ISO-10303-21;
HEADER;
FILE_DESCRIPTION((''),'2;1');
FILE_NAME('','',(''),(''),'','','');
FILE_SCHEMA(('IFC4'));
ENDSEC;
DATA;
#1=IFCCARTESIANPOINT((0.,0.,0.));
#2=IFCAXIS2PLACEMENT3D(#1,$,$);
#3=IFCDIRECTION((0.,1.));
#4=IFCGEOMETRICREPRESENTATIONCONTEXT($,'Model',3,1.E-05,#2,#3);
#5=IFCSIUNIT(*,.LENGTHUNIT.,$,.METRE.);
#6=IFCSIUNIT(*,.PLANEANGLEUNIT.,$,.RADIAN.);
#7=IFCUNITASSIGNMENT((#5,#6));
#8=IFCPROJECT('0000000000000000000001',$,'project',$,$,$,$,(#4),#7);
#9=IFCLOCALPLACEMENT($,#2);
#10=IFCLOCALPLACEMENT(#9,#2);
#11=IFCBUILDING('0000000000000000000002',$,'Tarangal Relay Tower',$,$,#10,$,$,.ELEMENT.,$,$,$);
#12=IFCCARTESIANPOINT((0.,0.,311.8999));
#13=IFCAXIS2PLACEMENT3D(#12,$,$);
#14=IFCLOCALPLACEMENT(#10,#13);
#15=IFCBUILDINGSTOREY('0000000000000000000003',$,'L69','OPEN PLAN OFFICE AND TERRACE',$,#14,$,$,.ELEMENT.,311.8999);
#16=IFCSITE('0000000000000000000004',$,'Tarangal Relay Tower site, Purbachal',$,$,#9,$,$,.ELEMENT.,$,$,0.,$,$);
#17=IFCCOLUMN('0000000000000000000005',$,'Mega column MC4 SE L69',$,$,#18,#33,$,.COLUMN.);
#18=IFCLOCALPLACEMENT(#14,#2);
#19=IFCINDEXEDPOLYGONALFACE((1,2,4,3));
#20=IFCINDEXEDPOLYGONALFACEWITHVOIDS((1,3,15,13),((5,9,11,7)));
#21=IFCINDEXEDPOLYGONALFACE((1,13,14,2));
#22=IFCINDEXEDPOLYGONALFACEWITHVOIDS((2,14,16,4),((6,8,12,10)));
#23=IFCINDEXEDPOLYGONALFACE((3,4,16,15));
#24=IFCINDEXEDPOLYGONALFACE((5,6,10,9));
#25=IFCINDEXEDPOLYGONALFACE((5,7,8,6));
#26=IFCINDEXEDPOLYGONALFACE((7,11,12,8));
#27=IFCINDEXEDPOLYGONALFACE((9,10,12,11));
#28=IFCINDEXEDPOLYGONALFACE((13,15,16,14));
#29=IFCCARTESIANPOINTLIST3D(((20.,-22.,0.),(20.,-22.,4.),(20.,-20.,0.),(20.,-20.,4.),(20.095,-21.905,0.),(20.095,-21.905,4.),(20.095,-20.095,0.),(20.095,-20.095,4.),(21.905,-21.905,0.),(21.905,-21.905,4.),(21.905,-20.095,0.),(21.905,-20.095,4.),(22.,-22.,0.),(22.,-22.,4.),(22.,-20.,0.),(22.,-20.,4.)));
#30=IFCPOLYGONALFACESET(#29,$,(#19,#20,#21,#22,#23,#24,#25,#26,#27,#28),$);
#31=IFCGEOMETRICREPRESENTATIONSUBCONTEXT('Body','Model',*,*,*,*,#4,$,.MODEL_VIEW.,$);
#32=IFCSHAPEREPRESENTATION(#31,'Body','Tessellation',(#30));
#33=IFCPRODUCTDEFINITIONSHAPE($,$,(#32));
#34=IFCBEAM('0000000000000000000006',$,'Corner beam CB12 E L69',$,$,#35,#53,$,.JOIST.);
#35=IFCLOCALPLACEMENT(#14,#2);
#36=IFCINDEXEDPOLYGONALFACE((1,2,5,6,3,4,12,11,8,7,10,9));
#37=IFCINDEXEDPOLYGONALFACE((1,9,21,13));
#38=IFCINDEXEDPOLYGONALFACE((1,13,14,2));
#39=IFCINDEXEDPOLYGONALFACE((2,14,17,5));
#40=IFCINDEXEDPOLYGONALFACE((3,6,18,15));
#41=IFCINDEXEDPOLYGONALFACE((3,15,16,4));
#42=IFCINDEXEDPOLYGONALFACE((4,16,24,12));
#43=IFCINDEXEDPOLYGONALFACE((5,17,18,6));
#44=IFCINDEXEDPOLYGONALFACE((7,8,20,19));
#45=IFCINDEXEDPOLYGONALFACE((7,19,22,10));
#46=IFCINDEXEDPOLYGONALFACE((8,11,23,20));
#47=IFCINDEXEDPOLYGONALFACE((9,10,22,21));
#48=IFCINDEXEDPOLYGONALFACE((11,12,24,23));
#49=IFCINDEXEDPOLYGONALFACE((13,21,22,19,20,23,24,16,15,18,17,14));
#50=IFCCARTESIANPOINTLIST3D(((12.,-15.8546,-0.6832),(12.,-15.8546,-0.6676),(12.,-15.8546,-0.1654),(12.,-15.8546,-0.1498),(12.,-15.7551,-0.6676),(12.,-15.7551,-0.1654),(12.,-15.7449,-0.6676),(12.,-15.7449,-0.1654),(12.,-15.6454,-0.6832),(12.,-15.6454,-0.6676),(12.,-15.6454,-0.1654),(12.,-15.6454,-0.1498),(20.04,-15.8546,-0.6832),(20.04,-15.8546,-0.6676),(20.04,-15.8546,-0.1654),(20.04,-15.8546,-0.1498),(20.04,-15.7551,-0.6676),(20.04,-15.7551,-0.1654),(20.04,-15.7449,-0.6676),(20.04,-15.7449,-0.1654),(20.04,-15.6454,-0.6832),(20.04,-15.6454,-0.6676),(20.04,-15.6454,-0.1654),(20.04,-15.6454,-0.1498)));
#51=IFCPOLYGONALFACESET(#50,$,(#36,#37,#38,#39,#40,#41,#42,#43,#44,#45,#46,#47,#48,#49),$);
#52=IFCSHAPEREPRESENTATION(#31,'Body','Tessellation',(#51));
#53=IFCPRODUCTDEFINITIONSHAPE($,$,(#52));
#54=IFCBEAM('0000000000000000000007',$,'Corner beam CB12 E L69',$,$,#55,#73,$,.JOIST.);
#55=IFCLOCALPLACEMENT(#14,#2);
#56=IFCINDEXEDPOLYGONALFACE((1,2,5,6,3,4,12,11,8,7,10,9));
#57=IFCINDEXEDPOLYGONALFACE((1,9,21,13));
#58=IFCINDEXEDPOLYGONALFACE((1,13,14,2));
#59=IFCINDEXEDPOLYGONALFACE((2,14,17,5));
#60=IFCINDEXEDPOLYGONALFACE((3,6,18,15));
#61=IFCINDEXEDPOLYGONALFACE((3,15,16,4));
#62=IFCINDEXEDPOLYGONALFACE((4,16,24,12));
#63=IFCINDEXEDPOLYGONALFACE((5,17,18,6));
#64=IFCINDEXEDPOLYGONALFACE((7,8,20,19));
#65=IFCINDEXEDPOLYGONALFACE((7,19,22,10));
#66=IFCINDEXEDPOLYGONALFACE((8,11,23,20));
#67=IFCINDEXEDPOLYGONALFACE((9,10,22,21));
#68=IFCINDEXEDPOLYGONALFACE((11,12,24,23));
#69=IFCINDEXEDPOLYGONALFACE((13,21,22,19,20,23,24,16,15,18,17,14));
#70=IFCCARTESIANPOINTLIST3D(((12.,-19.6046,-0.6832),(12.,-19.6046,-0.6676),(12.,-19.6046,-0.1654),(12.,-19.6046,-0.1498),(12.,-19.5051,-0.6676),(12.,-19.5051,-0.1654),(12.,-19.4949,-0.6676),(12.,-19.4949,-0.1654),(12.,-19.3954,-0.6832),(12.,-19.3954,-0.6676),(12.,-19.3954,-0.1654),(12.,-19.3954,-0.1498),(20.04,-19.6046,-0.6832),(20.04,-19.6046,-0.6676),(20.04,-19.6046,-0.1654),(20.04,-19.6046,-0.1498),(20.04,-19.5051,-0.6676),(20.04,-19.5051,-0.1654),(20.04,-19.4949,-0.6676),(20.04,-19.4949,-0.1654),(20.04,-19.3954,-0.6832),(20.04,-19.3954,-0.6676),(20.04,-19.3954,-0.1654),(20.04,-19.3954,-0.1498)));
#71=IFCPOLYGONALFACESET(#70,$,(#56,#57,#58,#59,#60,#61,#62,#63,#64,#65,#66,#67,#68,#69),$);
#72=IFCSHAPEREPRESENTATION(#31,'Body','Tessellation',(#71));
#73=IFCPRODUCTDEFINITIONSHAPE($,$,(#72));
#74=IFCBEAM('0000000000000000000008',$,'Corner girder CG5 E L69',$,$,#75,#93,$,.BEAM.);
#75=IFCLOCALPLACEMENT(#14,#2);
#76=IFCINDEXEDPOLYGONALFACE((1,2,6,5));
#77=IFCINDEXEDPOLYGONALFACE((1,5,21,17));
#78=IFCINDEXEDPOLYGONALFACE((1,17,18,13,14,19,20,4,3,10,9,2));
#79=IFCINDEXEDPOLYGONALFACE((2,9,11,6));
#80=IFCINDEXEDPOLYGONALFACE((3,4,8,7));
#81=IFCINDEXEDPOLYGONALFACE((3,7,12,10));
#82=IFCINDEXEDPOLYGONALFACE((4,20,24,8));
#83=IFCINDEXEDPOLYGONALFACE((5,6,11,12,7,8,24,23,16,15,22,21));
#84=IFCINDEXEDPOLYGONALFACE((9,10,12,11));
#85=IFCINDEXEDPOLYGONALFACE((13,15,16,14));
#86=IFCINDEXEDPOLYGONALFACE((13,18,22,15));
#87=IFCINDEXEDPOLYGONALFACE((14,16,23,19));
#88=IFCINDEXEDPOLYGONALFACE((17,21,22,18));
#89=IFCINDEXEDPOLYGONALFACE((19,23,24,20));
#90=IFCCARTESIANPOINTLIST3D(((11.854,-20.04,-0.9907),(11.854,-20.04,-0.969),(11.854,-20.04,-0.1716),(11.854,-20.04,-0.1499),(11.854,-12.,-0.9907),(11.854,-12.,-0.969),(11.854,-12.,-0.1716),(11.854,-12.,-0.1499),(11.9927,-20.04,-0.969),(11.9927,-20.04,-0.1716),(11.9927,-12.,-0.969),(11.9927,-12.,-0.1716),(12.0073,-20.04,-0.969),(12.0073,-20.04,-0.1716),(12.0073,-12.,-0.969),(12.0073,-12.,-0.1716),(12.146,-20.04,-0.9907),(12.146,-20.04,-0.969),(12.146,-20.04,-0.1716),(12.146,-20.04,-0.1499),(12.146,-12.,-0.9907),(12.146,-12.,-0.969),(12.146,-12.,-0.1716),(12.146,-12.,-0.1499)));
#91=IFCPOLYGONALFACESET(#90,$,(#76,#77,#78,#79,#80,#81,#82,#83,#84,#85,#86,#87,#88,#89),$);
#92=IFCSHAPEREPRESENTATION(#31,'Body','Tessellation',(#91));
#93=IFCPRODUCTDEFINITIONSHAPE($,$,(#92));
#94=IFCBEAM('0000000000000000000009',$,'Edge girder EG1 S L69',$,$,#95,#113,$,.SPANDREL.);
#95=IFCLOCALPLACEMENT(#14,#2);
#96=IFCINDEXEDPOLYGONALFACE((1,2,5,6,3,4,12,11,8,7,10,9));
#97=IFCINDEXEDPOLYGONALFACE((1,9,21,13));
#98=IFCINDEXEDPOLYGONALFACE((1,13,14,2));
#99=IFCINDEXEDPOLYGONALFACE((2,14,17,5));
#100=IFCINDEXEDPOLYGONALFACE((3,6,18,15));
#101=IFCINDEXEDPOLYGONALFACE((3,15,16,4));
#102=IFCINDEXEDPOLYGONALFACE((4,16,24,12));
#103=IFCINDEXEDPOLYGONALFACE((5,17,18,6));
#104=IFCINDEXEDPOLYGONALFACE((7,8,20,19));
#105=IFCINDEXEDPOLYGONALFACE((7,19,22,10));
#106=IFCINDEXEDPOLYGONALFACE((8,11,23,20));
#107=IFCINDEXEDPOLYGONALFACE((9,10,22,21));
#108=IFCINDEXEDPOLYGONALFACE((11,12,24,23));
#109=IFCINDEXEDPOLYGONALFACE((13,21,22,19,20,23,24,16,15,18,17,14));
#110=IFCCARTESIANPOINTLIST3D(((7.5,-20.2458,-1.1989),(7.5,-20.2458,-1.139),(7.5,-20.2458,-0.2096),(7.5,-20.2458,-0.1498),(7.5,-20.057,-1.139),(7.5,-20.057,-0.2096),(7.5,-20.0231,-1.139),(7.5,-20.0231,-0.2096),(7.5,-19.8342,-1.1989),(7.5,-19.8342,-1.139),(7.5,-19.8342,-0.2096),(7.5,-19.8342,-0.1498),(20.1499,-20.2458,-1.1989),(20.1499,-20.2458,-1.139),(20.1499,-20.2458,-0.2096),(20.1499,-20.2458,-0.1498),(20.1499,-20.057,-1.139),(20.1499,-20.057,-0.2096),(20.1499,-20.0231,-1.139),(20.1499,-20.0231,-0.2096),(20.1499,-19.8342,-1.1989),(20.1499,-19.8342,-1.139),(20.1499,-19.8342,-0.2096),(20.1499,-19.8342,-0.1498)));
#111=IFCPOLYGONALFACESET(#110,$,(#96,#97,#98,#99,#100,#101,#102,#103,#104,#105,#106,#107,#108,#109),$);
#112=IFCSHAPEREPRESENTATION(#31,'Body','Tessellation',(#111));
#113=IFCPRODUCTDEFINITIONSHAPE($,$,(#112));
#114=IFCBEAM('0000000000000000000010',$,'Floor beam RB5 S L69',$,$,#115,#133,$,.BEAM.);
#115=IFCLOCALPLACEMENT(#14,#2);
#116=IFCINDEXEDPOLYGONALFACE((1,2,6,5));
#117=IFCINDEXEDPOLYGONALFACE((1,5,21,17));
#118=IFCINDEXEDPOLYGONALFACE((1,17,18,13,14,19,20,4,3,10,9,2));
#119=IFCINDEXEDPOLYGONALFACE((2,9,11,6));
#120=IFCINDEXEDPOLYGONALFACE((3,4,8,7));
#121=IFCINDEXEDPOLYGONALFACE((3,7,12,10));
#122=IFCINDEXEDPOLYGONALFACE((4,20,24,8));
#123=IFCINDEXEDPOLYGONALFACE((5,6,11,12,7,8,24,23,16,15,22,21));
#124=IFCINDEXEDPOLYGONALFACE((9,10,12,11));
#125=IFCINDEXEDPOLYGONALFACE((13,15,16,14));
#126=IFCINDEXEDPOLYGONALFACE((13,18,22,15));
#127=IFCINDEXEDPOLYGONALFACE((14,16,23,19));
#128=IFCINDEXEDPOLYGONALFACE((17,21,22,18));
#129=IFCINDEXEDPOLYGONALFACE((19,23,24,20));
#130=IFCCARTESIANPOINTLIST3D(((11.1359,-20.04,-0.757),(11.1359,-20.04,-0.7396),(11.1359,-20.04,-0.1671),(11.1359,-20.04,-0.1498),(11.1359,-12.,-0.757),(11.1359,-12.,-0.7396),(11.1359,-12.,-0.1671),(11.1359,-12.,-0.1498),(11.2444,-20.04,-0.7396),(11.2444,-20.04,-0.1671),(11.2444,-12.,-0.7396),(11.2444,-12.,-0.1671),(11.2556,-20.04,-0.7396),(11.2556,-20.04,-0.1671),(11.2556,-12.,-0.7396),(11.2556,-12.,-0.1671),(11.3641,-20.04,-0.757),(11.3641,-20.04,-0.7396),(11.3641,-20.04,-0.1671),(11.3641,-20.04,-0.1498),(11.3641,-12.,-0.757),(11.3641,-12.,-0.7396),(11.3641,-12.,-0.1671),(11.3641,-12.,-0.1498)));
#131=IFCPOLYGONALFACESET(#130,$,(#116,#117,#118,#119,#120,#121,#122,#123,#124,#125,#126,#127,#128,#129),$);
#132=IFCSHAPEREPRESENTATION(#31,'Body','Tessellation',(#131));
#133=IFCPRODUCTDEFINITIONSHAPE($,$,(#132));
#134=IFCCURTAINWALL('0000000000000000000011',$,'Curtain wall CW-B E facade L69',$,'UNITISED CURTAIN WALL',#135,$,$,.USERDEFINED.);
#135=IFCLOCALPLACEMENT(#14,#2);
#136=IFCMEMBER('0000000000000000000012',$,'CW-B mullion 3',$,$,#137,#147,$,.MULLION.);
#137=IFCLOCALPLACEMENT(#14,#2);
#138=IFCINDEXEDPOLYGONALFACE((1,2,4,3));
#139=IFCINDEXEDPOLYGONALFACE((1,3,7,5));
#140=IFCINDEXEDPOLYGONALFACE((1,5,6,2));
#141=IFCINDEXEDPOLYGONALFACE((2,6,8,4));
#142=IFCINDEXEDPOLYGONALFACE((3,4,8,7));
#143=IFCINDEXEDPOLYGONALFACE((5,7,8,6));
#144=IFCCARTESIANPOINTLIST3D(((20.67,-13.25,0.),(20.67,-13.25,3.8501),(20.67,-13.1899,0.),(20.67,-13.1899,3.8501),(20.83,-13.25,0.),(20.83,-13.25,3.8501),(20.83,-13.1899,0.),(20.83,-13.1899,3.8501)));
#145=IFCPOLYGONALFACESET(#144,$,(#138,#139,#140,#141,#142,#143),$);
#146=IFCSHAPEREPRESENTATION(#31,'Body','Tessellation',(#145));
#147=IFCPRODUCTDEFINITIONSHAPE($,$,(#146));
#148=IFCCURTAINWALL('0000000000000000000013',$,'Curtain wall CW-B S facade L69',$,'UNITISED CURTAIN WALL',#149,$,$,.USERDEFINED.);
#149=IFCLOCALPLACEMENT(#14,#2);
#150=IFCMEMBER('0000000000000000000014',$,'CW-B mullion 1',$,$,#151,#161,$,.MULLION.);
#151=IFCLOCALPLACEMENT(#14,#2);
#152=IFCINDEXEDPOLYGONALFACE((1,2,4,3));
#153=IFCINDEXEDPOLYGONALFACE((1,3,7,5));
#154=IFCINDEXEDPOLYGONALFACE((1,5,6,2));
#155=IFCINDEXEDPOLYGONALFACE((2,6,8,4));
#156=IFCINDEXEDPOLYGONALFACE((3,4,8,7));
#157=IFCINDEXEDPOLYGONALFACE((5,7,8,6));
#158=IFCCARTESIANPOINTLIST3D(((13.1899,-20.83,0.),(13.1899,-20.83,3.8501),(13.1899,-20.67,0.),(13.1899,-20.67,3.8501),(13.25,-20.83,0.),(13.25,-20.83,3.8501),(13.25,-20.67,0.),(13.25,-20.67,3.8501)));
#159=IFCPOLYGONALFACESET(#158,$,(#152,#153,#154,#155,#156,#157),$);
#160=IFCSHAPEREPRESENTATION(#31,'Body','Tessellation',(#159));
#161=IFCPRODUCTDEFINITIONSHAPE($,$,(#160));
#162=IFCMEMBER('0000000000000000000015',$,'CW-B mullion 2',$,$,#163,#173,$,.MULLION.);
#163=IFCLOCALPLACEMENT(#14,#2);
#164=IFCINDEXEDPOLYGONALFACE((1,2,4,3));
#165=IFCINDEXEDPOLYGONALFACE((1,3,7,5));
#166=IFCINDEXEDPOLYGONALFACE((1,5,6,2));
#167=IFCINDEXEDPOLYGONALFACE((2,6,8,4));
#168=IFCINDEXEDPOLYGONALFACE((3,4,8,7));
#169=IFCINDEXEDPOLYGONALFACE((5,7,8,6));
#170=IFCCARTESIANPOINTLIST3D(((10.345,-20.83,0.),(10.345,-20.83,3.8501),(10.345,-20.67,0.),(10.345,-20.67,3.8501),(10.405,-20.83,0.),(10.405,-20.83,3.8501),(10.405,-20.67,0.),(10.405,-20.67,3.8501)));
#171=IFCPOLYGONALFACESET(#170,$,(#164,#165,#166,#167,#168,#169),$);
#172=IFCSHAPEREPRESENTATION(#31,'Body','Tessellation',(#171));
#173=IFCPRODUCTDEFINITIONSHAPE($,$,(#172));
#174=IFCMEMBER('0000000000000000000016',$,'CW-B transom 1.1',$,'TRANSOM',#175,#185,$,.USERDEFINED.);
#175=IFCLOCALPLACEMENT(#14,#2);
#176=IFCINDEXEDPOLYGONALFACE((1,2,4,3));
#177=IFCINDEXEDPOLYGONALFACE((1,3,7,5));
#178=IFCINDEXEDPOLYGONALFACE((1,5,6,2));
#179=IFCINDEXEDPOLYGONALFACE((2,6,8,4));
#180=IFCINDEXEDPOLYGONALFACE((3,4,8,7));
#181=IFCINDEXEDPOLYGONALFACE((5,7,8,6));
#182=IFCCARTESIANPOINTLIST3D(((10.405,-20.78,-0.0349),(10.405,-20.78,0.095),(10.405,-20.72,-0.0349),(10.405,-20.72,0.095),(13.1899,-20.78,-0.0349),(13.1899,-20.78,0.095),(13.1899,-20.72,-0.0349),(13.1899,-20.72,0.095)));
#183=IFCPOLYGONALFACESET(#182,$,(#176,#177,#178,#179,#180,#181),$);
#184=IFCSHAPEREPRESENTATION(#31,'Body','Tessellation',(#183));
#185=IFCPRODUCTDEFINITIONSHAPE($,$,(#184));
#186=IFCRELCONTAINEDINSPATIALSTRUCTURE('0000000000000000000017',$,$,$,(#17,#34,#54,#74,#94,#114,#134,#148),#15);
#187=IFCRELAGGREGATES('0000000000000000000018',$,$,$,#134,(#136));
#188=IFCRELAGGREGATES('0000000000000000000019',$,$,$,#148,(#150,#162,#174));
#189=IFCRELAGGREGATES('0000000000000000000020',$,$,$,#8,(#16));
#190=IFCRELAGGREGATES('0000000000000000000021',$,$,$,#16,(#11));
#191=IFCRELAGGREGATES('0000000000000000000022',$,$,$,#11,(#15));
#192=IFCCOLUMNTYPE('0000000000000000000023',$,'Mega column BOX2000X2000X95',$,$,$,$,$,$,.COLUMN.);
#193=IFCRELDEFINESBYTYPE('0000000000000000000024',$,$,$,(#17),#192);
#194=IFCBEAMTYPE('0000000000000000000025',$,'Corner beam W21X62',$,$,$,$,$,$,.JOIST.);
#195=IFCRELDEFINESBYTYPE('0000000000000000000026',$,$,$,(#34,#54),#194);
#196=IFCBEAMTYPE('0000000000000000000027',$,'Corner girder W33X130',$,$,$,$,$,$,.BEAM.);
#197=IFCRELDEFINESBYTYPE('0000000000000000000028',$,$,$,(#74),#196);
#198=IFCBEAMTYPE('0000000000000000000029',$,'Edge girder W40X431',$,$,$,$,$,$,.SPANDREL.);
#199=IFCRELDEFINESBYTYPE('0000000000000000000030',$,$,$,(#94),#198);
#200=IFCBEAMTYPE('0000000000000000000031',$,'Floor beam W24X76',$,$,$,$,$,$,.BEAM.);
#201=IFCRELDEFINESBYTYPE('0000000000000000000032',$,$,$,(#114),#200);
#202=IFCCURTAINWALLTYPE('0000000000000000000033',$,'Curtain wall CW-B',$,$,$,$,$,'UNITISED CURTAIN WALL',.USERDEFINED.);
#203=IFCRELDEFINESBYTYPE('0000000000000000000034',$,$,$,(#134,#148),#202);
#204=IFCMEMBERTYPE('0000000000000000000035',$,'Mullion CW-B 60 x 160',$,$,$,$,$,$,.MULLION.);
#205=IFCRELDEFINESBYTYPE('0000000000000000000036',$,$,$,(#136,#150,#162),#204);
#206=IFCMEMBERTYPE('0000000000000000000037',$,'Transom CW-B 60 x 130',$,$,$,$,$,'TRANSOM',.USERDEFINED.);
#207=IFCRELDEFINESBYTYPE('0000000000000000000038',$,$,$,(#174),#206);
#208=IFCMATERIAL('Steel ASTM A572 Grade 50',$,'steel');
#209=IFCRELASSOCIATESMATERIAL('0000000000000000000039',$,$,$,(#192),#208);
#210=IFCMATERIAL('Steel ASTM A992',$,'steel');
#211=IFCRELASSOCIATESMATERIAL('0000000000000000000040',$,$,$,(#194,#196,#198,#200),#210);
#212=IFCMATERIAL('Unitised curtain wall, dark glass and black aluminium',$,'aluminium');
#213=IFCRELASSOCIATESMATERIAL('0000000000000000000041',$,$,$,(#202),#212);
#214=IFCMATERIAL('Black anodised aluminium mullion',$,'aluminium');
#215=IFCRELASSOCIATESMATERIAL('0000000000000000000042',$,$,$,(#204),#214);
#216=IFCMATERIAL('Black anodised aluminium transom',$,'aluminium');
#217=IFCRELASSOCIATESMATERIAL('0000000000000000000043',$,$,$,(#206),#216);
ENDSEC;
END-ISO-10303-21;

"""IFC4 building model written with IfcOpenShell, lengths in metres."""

from ifc_helpers import new_model, si_unit, direction, frame, origin, origin_2d, place, context, subcontext, project, spatial, rectangle, hollow_rectangle, i_section, extrude, material, material_profile, profile_set, type_object, element, aggregate, save


model = new_model("IFC4")

# Units and contexts
model_context = context("Model", 3, precision=1e-05, world=origin(), true_north=direction((0.0, 1.0)))
body_context = subcontext(model_context, "Body", "Model", "MODEL_VIEW")
ifc_project = project(units=[si_unit("LENGTHUNIT", "METRE"), si_unit("PLANEANGLEUNIT", "RADIAN")], contexts=[model_context])

# Site, building, storey
site_placement = place(None, origin())
site = spatial("IfcSite", under=ifc_project, at=site_placement, Name="Tarangal Relay Tower site, Purbachal", CompositionType="ELEMENT", RefElevation=0.0)
building_placement = place(site_placement, origin())
building = spatial("IfcBuilding", under=site, at=building_placement, Name="Tarangal Relay Tower", CompositionType="ELEMENT")
storey_placement = place(building_placement, frame((0.0, 0.0, 311.8999)))
storey = spatial("IfcBuildingStorey", under=building, at=storey_placement, Name="L69", Description="OPEN PLAN OFFICE AND TERRACE", CompositionType="ELEMENT", Elevation=311.8999)

# Column
ifc_material_1 = material(Name="Steel ASTM A572 Grade 50", Category="steel")
ifc_material_profile_1 = material_profile(ifc_material_1, hollow_rectangle(XDim=2.0, YDim=2.0, WallThickness=0.095, at=origin_2d()), Name="BOX2000X2000X95")
ifc_profile_set_1 = profile_set([ifc_material_profile_1], Name="Steel ASTM A572 Grade 50")
column_type = type_object("IfcColumnType", Name="Mega column BOX2000X2000X95", PredefinedType="COLUMN", material=ifc_profile_set_1)
column_placement = place(storey_placement, frame((21.0, -21.0, 0.0), z_axis=(0.0, 0.0, 1.0), x_axis=(1.0, 0.0, 0.0)))
element("IfcColumn", 1, at=column_placement, inside=storey, type_object=column_type, Name="Mega column MC4 SE L69", PredefinedType="COLUMN", context=body_context, shape_type="SweptSolid", body=[
    extrude(hollow_rectangle(XDim=2.0, YDim=2.0, WallThickness=0.095, at=origin_2d()), origin(), (0.0, 0.0, 1.0), 4.0),
])

# Beams
ifc_material_2 = material(Name="Steel ASTM A992", Category="steel")
ifc_material_profile_2 = material_profile(ifc_material_2, i_section(OverallWidth=0.2092, OverallDepth=0.5334, WebThickness=0.0103, FlangeThickness=0.0156, at=origin_2d()), Name="W21X62")
ifc_profile_set_2 = profile_set([ifc_material_profile_2], Name="Steel ASTM A992")
beam_type_1 = type_object("IfcBeamType", Name="Corner beam W21X62", PredefinedType="JOIST", material=ifc_profile_set_2)
for number, where, z_axis, x_axis, name in (
    (2, (12.0, -15.75, -0.4165), (1.0, 0.0, 0.0), (0.0, 1.0, 0.0), "Corner beam CB12 E L69"),
    (3, (12.0, -19.5, -0.4165), (1.0, 0.0, 0.0), (0.0, 1.0, 0.0), "Corner beam CB12 E L69"),
):
    element("IfcBeam", number, at=place(storey_placement, frame(where, z_axis=z_axis, x_axis=x_axis)), inside=storey, type_object=beam_type_1, Name=name, PredefinedType="JOIST", context=body_context, shape_type="SweptSolid", body=[
        extrude(i_section(OverallWidth=0.2092, OverallDepth=0.5334, WebThickness=0.0103, FlangeThickness=0.0156, at=origin_2d()), origin(), (0.0, 0.0, 1.0), 8.04),
    ])
ifc_material_profile_3 = material_profile(ifc_material_2, i_section(OverallWidth=0.292, OverallDepth=0.8408, WebThickness=0.0146, FlangeThickness=0.0217, at=origin_2d()), Name="W33X130")
ifc_profile_set_3 = profile_set([ifc_material_profile_3], Name="Steel ASTM A992")
beam_type_2 = type_object("IfcBeamType", Name="Corner girder W33X130", PredefinedType="BEAM", material=ifc_profile_set_3)
beam_1_placement = place(storey_placement, frame((12.0, -12.0, -0.5703), z_axis=(0.0, -1.0, 0.0), x_axis=(1.0, 0.0, 0.0)))
element("IfcBeam", 4, at=beam_1_placement, inside=storey, type_object=beam_type_2, Name="Corner girder CG5 E L69", PredefinedType="BEAM", context=body_context, shape_type="SweptSolid", body=[
    extrude(i_section(OverallWidth=0.292, OverallDepth=0.8408, WebThickness=0.0146, FlangeThickness=0.0217, at=origin_2d()), origin(), (0.0, 0.0, 1.0), 8.04),
])
ifc_material_profile_4 = material_profile(ifc_material_2, i_section(OverallWidth=0.4116, OverallDepth=1.0491, WebThickness=0.0339, FlangeThickness=0.0598, at=origin_2d()), Name="W40X431")
ifc_profile_set_4 = profile_set([ifc_material_profile_4], Name="Steel ASTM A992")
beam_type_3 = type_object("IfcBeamType", Name="Edge girder W40X431", PredefinedType="SPANDREL", material=ifc_profile_set_4)
beam_2_placement = place(storey_placement, frame((20.1499, -20.04, -0.6743), z_axis=(-1.0, 0.0, 0.0), x_axis=(0.0, -1.0, 0.0)))
element("IfcBeam", 5, at=beam_2_placement, inside=storey, type_object=beam_type_3, Name="Edge girder EG1 S L69", PredefinedType="SPANDREL", context=body_context, shape_type="SweptSolid", body=[
    extrude(i_section(OverallWidth=0.4116, OverallDepth=1.0491, WebThickness=0.0339, FlangeThickness=0.0598, at=origin_2d()), origin(), (0.0, 0.0, 1.0), 12.6499),
])
ifc_material_profile_5 = material_profile(ifc_material_2, i_section(OverallWidth=0.2283, OverallDepth=0.6072, WebThickness=0.0112, FlangeThickness=0.0173, at=origin_2d()), Name="W24X76")
ifc_profile_set_5 = profile_set([ifc_material_profile_5], Name="Steel ASTM A992")
beam_type_4 = type_object("IfcBeamType", Name="Floor beam W24X76", PredefinedType="BEAM", material=ifc_profile_set_5)
beam_3_placement = place(storey_placement, frame((11.25, -12.0, -0.4534), z_axis=(0.0, -1.0, 0.0), x_axis=(1.0, 0.0, 0.0)))
element("IfcBeam", 6, at=beam_3_placement, inside=storey, type_object=beam_type_4, Name="Floor beam RB5 S L69", PredefinedType="BEAM", context=body_context, shape_type="SweptSolid", body=[
    extrude(i_section(OverallWidth=0.2283, OverallDepth=0.6072, WebThickness=0.0112, FlangeThickness=0.0173, at=origin_2d()), origin(), (0.0, 0.0, 1.0), 8.04),
])

# Curtain wall, member
ifc_material_3 = material(Name="Unitised curtain wall, dark glass and black aluminium", Category="aluminium")
curtain_wall_type = type_object("IfcCurtainWallType", Name="Curtain wall CW-B", ElementType="UNITISED CURTAIN WALL", PredefinedType="USERDEFINED", material=ifc_material_3)
curtain_wall_1_placement = place(storey_placement, origin())
curtain_wall_1 = element("IfcCurtainWall", 7, at=curtain_wall_1_placement, inside=storey, type_object=curtain_wall_type, Name="Curtain wall CW-B E facade L69", ObjectType="UNITISED CURTAIN WALL", PredefinedType="USERDEFINED")
ifc_material_4 = material(Name="Black anodised aluminium mullion", Category="aluminium")
ifc_material_profile_6 = material_profile(ifc_material_4, rectangle(XDim=0.1599, YDim=0.0601, at=origin_2d()), Name="CW-BM 60X160")
ifc_profile_set_6 = profile_set([ifc_material_profile_6], Name="Black anodised aluminium mullion")
member_type_1 = type_object("IfcMemberType", Name="Mullion CW-B 60 x 160", PredefinedType="MULLION", material=ifc_profile_set_6)
member_1_placement = place(storey_placement, frame((20.75, -13.22, 0.0), z_axis=(0.0, 0.0, 1.0), x_axis=(1.0, 0.0, 0.0)))
member_1 = element("IfcMember", 8, at=member_1_placement, type_object=member_type_1, Name="CW-B mullion 3", PredefinedType="MULLION", context=body_context, shape_type="SweptSolid", body=[
    extrude(rectangle(XDim=0.1599, YDim=0.0601, at=origin_2d()), origin(), (0.0, 0.0, 1.0), 3.8501),
])

# Curtain wall, members
curtain_wall_2_placement = place(storey_placement, origin())
curtain_wall_2 = element("IfcCurtainWall", 9, at=curtain_wall_2_placement, inside=storey, type_object=curtain_wall_type, Name="Curtain wall CW-B S facade L69", ObjectType="UNITISED CURTAIN WALL", PredefinedType="USERDEFINED")
member_2_placement = place(storey_placement, frame((13.22, -20.75, 0.0), z_axis=(0.0, 0.0, 1.0), x_axis=(0.0, -1.0, 0.0)))
member_2 = element("IfcMember", 10, at=member_2_placement, type_object=member_type_1, Name="CW-B mullion 1", PredefinedType="MULLION", context=body_context, shape_type="SweptSolid", body=[
    extrude(rectangle(XDim=0.1599, YDim=0.0601, at=origin_2d()), origin(), (0.0, 0.0, 1.0), 3.8501),
])
member_3_placement = place(storey_placement, frame((10.375, -20.75, 0.0), z_axis=(0.0, 0.0, 1.0), x_axis=(0.0, -1.0, 0.0)))
member_3 = element("IfcMember", 11, at=member_3_placement, type_object=member_type_1, Name="CW-B mullion 2", PredefinedType="MULLION", context=body_context, shape_type="SweptSolid", body=[
    extrude(rectangle(XDim=0.1599, YDim=0.0601, at=origin_2d()), origin(), (0.0, 0.0, 1.0), 3.8501),
])
ifc_material_5 = material(Name="Black anodised aluminium transom", Category="aluminium")
ifc_material_profile_7 = material_profile(ifc_material_5, rectangle(XDim=0.0601, YDim=0.1299, at=origin_2d()), Name="CW-BT 60X130")
ifc_profile_set_7 = profile_set([ifc_material_profile_7], Name="Black anodised aluminium transom")
member_type_2 = type_object("IfcMemberType", Name="Transom CW-B 60 x 130", ElementType="TRANSOM", PredefinedType="USERDEFINED", material=ifc_profile_set_7)
member_4_placement = place(storey_placement, frame((13.1899, -20.75, 0.03), z_axis=(-1.0, 0.0, 0.0), x_axis=(0.0, -1.0, 0.0)))
member_4 = element("IfcMember", 12, at=member_4_placement, type_object=member_type_2, Name="CW-B transom 1.1", ObjectType="TRANSOM", PredefinedType="USERDEFINED", context=body_context, shape_type="SweptSolid", body=[
    extrude(rectangle(XDim=0.0601, YDim=0.1299, at=origin_2d()), origin(), (0.0, 0.0, 1.0), 2.7849),
])

aggregate(curtain_wall_1, [member_1])
aggregate(curtain_wall_2, [member_2, member_3, member_4])

save(model, "model.ifc")
